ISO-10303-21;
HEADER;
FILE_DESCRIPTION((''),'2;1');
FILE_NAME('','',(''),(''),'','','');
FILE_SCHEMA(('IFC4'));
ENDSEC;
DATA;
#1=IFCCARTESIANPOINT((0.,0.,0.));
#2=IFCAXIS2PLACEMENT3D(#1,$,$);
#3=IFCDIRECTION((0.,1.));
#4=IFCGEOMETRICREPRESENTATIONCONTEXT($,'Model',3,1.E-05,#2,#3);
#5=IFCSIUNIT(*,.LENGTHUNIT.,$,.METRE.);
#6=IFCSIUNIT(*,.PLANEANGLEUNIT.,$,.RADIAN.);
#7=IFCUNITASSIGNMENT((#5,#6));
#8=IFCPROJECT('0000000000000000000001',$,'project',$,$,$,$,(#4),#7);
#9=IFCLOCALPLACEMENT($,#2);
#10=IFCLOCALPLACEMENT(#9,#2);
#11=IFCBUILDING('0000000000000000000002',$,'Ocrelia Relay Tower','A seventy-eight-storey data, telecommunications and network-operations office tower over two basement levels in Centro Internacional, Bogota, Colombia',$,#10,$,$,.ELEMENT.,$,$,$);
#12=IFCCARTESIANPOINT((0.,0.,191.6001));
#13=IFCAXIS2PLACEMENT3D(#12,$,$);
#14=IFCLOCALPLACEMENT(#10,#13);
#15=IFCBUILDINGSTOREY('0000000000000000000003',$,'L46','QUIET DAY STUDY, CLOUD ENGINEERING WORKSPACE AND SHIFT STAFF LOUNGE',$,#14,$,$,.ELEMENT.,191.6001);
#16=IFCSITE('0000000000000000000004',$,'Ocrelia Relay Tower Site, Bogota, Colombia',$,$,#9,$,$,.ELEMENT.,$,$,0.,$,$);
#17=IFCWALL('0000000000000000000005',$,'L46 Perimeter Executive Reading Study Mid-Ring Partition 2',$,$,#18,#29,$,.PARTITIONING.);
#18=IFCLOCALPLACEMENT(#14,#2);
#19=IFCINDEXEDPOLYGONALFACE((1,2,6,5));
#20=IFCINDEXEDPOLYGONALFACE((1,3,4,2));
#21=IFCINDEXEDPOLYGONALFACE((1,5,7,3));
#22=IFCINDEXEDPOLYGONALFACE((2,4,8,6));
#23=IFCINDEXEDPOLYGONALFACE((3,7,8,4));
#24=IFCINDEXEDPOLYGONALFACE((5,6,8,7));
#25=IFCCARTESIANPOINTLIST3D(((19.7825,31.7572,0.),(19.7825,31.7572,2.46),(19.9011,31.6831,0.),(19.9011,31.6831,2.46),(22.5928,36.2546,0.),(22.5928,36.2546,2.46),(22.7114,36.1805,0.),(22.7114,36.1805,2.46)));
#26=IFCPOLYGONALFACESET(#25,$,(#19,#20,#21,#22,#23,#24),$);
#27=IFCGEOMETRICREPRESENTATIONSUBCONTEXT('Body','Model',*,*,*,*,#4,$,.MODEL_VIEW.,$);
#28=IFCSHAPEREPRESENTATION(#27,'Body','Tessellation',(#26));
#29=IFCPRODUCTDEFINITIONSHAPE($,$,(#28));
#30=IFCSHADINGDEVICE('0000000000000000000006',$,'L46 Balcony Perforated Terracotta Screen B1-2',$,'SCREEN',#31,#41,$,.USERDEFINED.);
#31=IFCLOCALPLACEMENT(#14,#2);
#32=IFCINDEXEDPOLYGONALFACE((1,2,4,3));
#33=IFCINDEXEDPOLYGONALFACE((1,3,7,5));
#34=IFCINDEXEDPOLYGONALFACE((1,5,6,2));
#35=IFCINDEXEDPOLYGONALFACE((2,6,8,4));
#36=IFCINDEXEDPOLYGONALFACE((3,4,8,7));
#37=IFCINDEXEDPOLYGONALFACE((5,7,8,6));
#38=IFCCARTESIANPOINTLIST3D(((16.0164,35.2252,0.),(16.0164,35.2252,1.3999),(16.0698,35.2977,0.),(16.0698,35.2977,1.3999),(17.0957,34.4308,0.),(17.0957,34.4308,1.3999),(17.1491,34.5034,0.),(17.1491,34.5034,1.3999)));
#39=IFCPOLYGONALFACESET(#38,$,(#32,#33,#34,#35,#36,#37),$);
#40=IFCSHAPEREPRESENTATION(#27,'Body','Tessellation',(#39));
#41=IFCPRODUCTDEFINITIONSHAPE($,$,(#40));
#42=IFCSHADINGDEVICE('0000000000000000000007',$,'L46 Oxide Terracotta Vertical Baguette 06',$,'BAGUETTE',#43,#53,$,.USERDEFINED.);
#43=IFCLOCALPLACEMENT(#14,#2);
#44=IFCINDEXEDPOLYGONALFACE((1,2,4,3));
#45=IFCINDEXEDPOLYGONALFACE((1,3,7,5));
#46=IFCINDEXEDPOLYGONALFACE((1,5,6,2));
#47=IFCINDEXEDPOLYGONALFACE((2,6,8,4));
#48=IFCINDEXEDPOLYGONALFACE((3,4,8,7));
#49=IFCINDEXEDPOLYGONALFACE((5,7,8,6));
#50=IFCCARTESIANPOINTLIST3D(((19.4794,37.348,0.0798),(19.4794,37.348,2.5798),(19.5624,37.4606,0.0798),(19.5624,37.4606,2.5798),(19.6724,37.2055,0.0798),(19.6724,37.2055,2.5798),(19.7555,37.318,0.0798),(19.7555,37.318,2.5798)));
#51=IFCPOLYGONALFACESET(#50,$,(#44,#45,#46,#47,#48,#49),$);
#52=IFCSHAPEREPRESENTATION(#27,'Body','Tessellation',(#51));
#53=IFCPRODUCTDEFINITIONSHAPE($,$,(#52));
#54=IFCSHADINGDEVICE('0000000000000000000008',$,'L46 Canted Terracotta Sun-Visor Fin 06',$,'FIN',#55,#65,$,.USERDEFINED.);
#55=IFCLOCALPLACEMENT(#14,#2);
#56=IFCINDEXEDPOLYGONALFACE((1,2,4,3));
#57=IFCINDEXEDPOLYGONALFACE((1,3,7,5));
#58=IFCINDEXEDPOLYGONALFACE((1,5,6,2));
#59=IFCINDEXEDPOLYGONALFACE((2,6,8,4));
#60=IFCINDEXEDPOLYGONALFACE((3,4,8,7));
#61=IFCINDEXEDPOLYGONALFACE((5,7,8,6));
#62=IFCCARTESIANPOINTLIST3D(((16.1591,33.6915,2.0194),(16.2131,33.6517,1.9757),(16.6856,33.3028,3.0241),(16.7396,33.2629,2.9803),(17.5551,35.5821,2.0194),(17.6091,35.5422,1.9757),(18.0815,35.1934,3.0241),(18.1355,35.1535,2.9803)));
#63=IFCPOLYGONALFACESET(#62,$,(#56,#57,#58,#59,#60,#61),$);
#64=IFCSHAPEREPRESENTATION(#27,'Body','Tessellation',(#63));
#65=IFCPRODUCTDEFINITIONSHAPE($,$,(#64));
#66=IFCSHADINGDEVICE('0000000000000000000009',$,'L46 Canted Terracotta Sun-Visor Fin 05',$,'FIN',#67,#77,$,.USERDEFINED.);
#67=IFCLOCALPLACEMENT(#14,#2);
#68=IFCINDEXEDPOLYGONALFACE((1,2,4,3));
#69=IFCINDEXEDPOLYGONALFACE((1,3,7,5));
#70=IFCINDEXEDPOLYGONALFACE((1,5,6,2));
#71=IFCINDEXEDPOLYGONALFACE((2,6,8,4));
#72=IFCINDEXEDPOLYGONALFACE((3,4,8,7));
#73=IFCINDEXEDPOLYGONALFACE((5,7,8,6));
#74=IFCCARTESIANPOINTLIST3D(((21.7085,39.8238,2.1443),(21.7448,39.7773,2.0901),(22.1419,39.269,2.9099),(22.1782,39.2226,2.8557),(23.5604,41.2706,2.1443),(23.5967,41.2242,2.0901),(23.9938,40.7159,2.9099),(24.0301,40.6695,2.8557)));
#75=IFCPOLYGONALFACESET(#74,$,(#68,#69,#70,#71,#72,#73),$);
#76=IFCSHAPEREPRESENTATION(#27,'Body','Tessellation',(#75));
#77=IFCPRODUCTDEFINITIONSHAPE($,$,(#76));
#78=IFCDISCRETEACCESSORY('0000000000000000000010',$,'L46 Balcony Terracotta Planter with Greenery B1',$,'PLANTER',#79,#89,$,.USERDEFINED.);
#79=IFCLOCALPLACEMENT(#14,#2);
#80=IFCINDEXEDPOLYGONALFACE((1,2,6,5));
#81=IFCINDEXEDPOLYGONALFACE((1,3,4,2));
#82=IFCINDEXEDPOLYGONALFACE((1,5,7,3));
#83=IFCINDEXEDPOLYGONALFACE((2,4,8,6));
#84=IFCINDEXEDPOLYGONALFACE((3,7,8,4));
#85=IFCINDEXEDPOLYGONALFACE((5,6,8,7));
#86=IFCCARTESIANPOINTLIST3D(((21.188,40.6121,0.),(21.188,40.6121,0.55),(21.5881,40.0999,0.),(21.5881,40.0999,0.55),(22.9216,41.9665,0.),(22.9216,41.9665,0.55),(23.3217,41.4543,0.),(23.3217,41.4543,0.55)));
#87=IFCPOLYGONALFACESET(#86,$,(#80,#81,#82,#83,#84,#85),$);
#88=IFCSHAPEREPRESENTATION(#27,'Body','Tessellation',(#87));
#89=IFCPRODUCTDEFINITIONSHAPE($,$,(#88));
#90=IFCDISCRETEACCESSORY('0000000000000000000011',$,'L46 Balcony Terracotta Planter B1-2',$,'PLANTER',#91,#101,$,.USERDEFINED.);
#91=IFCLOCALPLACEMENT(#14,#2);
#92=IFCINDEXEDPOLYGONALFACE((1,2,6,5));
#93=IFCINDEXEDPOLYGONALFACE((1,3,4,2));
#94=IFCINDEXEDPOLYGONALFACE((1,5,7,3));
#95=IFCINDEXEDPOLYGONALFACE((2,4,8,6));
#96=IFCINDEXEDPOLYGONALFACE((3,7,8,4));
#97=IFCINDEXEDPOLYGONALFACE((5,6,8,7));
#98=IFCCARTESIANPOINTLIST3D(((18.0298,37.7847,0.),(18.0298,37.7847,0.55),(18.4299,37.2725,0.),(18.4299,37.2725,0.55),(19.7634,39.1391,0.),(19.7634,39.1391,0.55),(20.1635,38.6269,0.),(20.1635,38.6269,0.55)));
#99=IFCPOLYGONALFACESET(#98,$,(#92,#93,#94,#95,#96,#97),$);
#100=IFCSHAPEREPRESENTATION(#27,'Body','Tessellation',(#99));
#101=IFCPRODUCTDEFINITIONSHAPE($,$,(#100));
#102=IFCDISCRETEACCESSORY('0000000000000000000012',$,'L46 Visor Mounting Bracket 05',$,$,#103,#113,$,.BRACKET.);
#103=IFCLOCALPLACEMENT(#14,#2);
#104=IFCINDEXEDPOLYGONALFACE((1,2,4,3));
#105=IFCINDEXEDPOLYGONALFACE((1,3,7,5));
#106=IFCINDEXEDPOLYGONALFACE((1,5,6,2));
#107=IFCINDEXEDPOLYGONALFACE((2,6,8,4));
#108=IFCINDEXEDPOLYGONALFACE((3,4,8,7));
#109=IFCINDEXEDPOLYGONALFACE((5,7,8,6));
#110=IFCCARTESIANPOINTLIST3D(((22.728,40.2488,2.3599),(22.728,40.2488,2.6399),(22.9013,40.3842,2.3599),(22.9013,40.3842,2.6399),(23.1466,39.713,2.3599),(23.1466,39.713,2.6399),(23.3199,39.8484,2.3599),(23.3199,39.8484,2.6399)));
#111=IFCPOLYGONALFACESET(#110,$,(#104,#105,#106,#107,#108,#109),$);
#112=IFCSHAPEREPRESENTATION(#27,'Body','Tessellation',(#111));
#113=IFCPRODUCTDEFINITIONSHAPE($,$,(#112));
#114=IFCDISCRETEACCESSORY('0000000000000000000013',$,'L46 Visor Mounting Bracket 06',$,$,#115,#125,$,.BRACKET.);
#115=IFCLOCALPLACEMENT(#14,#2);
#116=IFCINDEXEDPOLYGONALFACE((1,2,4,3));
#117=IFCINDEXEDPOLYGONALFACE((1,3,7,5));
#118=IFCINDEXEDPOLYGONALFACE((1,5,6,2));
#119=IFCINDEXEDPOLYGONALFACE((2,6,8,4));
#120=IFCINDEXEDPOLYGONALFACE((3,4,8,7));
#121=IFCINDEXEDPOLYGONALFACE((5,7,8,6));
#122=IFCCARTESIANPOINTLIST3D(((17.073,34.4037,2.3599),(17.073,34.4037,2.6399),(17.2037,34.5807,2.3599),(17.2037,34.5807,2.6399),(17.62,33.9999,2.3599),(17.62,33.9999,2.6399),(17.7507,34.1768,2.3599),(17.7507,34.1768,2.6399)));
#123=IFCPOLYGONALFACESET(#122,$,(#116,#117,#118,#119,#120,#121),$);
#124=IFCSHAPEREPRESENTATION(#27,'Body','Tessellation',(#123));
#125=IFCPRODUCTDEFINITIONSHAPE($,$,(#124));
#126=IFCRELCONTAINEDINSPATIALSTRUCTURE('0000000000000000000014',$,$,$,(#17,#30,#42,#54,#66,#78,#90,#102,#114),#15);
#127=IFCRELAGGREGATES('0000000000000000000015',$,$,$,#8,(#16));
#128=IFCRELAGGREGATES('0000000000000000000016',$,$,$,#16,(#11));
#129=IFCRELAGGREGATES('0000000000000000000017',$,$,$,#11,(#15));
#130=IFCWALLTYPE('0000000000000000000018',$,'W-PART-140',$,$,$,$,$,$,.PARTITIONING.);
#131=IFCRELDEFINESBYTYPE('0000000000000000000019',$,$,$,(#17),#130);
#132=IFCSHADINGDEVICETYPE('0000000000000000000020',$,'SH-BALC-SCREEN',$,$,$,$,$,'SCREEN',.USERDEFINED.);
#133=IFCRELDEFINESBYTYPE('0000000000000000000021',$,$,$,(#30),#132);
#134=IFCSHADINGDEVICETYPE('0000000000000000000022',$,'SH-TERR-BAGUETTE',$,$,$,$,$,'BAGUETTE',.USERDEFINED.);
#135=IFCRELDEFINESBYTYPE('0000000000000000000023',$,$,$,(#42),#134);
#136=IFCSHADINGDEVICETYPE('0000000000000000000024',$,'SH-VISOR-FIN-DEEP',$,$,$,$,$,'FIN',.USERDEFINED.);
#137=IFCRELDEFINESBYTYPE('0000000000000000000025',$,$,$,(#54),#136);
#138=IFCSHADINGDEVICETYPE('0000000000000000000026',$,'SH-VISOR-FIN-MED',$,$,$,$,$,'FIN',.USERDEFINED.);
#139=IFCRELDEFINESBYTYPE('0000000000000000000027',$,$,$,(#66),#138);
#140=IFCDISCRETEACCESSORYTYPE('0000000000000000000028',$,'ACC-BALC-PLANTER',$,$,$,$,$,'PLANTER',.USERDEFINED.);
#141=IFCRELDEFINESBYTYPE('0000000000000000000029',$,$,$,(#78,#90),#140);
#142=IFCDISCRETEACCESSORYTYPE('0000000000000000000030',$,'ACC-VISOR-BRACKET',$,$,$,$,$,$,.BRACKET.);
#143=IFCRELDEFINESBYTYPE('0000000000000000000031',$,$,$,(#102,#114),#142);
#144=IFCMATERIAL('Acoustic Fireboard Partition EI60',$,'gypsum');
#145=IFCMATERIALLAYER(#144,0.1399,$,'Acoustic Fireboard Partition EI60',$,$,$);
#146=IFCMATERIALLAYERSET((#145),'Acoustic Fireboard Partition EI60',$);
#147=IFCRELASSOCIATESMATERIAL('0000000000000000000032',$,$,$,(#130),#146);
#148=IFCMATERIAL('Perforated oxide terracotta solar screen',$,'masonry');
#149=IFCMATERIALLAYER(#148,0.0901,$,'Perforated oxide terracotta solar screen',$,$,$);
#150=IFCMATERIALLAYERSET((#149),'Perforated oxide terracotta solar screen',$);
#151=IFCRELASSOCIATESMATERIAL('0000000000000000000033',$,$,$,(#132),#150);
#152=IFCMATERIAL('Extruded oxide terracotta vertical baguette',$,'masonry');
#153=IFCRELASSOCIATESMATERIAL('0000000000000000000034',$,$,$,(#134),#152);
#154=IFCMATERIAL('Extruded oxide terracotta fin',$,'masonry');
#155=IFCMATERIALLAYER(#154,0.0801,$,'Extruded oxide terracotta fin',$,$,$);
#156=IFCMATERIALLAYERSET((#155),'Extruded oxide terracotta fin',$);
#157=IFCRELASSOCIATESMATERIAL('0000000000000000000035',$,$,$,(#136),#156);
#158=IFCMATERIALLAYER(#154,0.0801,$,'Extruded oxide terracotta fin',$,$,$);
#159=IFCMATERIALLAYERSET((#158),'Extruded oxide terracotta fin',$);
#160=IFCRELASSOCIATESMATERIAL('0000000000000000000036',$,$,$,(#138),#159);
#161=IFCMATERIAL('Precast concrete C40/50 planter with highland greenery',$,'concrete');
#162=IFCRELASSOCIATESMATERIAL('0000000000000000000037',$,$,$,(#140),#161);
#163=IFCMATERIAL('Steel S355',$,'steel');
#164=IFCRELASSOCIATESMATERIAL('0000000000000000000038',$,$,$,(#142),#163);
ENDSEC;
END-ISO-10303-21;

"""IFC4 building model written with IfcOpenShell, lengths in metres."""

from ifc_helpers import new_model, si_unit, direction, frame, frame_2d, origin, origin_2d, place, context, subcontext, project, spatial, rectangle, extrude, material, layer, layer_set, type_object, element, save


model = new_model("IFC4")

# Units and contexts
model_context = context("Model", 3, precision=1e-05, world=origin(), true_north=direction((0.0, 1.0)))
body_context = subcontext(model_context, "Body", "Model", "MODEL_VIEW")
ifc_project = project(units=[si_unit("LENGTHUNIT", "METRE"), si_unit("PLANEANGLEUNIT", "RADIAN")], contexts=[model_context])

# Site, building, storey
site_placement = place(None, origin())
site = spatial("IfcSite", under=ifc_project, at=site_placement, Name="Ocrelia Relay Tower Site, Bogota, Colombia", CompositionType="ELEMENT", RefElevation=0.0)
building_placement = place(site_placement, origin())
building = spatial("IfcBuilding", under=site, at=building_placement, Name="Ocrelia Relay Tower", Description="A seventy-eight-storey data, telecommunications and network-operations office tower over two basement levels in Centro Internacional, Bogota, Colombia", CompositionType="ELEMENT")
storey_placement = place(building_placement, frame((0.0, 0.0, 191.6001)))
storey = spatial("IfcBuildingStorey", under=building, at=storey_placement, Name="L46", Description="QUIET DAY STUDY, CLOUD ENGINEERING WORKSPACE AND SHIFT STAFF LOUNGE", CompositionType="ELEMENT", Elevation=191.6001)

# Shared definitions
ifc_material_1 = material(Name="Steel S355", Category="steel")

# Wall
ifc_material_2 = material(Name="Acoustic Fireboard Partition EI60", Category="gypsum")
ifc_layer_1 = layer(ifc_material_2, 0.1399, Name="Acoustic Fireboard Partition EI60")
ifc_layer_set_1 = layer_set([ifc_layer_1], Name="Acoustic Fireboard Partition EI60")
wall_type_1 = type_object("IfcWallType", Name="W-PART-140", PredefinedType="PARTITIONING", material=ifc_layer_set_1)
wall_1_placement = place(storey_placement, frame((22.6521, 36.2175, 0.0), z_axis=(0.0, 0.0, 1.0), x_axis=(-0.529929, -0.848042, 0.0)))
element("IfcWall", 1, at=wall_1_placement, inside=storey, type_object=wall_type_1, Name="L46 Perimeter Executive Reading Study Mid-Ring Partition 2", PredefinedType="PARTITIONING", context=body_context, shape_type="SweptSolid", body=[
    extrude(rectangle(XDim=5.3032, YDim=0.1399, at=frame_2d((2.6516, 0.0))), origin(), (0.0, 0.0, 1.0), 2.46),
])

# Shading devices
ifc_material_3 = material(Name="Perforated oxide terracotta solar screen", Category="masonry")
ifc_layer_2 = layer(ifc_material_3, 0.0901, Name="Perforated oxide terracotta solar screen")
ifc_layer_set_2 = layer_set([ifc_layer_2], Name="Perforated oxide terracotta solar screen")
shading_device_type_1 = type_object("IfcShadingDeviceType", Name="SH-BALC-SCREEN", ElementType="SCREEN", PredefinedType="USERDEFINED", material=ifc_layer_set_2)
shading_device_1_placement = place(storey_placement, frame((16.5828, 34.8643, 0.0), z_axis=(0.0, 0.0, 1.0), x_axis=(-0.805384, 0.592753, 0.0)))
element("IfcShadingDevice", 2, at=shading_device_1_placement, inside=storey, type_object=shading_device_type_1, Name="L46 Balcony Perforated Terracotta Screen B1-2", ObjectType="SCREEN", PredefinedType="USERDEFINED", context=body_context, shape_type="SweptSolid", body=[
    extrude(rectangle(XDim=1.3401, YDim=0.0901, at=origin_2d()), origin(), (0.0, 0.0, 1.0), 1.3999),
])
ifc_material_4 = material(Name="Extruded oxide terracotta vertical baguette", Category="masonry")
shading_device_type_2 = type_object("IfcShadingDeviceType", Name="SH-TERR-BAGUETTE", ElementType="BAGUETTE", PredefinedType="USERDEFINED", material=ifc_material_4)
shading_device_2_placement = place(storey_placement, frame((19.6174, 37.333, 0.0798), z_axis=(0.0, 0.0, 1.0), x_axis=(-0.594005, -0.804462, 0.0)))
element("IfcShadingDevice", 3, at=shading_device_2_placement, inside=storey, type_object=shading_device_type_2, Name="L46 Oxide Terracotta Vertical Baguette 06", ObjectType="BAGUETTE", PredefinedType="USERDEFINED", context=body_context, shape_type="SweptSolid", body=[
    extrude(rectangle(XDim=0.1399, YDim=0.24, at=origin_2d()), origin(), (0.0, 0.0, 1.0), 2.5),
])
ifc_material_5 = material(Name="Extruded oxide terracotta fin", Category="masonry")
ifc_layer_3 = layer(ifc_material_5, 0.0801, Name="Extruded oxide terracotta fin")
ifc_layer_set_3 = layer_set([ifc_layer_3], Name="Extruded oxide terracotta fin")
shading_device_type_3 = type_object("IfcShadingDeviceType", Name="SH-VISOR-FIN-DEEP", ElementType="FIN", PredefinedType="USERDEFINED", material=ifc_layer_set_3)
shading_device_3_placement = place(storey_placement, frame((17.1743, 34.4026, 2.478), z_axis=(-0.674066, 0.497722, 0.54581), x_axis=(-0.594005, -0.804462, 0.0)))
element("IfcShadingDevice", 4, at=shading_device_3_placement, inside=storey, type_object=shading_device_type_3, Name="L46 Canted Terracotta Sun-Visor Fin 06", ObjectType="FIN", PredefinedType="USERDEFINED", context=body_context, shape_type="SweptSolid", body=[
    extrude(rectangle(XDim=2.3501, YDim=1.199, at=origin_2d()), origin(), (0.0, 0.0, 1.0), 0.0801),
])
ifc_layer_4 = layer(ifc_material_5, 0.0801, Name="Extruded oxide terracotta fin")
ifc_layer_set_4 = layer_set([ifc_layer_4], Name="Extruded oxide terracotta fin")
shading_device_type_4 = type_object("IfcShadingDeviceType", Name="SH-VISOR-FIN-MED", ElementType="FIN", PredefinedType="USERDEFINED", material=ifc_layer_set_4)
shading_device_4_placement = place(storey_placement, frame((22.8875, 40.2234, 2.4729), z_axis=(-0.453189, 0.58005, 0.676876), x_axis=(-0.788008, -0.615665, 0.0)))
element("IfcShadingDevice", 5, at=shading_device_4_placement, inside=storey, type_object=shading_device_type_4, Name="L46 Canted Terracotta Sun-Visor Fin 05", ObjectType="FIN", PredefinedType="USERDEFINED", context=body_context, shape_type="SweptSolid", body=[
    extrude(rectangle(XDim=2.3501, YDim=1.04, at=origin_2d()), origin(), (0.0, 0.0, 1.0), 0.0801),
])

# Discrete accessories
ifc_material_6 = material(Name="Precast concrete C40/50 planter with highland greenery", Category="concrete")
discrete_accessory_type_1 = type_object("IfcDiscreteAccessoryType", Name="ACC-BALC-PLANTER", ElementType="PLANTER", PredefinedType="USERDEFINED", material=ifc_material_6)
for number, where, z_axis, x_axis, name in (
    (6, (22.2549, 41.0332, 0.0), (0.0, 0.0, 1.0), (0.788018, 0.615652, 0.0), "L46 Balcony Terracotta Planter with Greenery B1"),
    (7, (19.0967, 38.2058, 0.0), (0.0, 0.0, 1.0), (0.788018, 0.615652, 0.0), "L46 Balcony Terracotta Planter B1-2"),
):
    element("IfcDiscreteAccessory", number, at=place(storey_placement, frame(where, z_axis=z_axis, x_axis=x_axis)), inside=storey, type_object=discrete_accessory_type_1, Name=name, ObjectType="PLANTER", PredefinedType="USERDEFINED", context=body_context, shape_type="SweptSolid", body=[
        extrude(rectangle(XDim=2.2, YDim=0.6499, at=origin_2d()), origin(), (0.0, 0.0, 1.0), 0.55),
    ])
discrete_accessory_type_2 = type_object("IfcDiscreteAccessoryType", Name="ACC-VISOR-BRACKET", PredefinedType="BRACKET", material=ifc_material_1)
for number, where, z_axis, x_axis, name in (
    (8, (23.0239, 40.0486, 2.3599), (0.0, 0.0, 1.0), (-0.788008, -0.615665, 0.0), "L46 Visor Mounting Bracket 05"),
    (9, (17.4119, 34.2903, 2.3599), (0.0, 0.0, 1.0), (-0.594005, -0.804462, 0.0), "L46 Visor Mounting Bracket 06"),
):
    element("IfcDiscreteAccessory", number, at=place(storey_placement, frame(where, z_axis=z_axis, x_axis=x_axis)), inside=storey, type_object=discrete_accessory_type_2, Name=name, PredefinedType="BRACKET", context=body_context, shape_type="SweptSolid", body=[
        extrude(rectangle(XDim=0.22, YDim=0.6799, at=origin_2d()), origin(), (0.0, 0.0, 1.0), 0.28),
    ])

save(model, "model.ifc")
